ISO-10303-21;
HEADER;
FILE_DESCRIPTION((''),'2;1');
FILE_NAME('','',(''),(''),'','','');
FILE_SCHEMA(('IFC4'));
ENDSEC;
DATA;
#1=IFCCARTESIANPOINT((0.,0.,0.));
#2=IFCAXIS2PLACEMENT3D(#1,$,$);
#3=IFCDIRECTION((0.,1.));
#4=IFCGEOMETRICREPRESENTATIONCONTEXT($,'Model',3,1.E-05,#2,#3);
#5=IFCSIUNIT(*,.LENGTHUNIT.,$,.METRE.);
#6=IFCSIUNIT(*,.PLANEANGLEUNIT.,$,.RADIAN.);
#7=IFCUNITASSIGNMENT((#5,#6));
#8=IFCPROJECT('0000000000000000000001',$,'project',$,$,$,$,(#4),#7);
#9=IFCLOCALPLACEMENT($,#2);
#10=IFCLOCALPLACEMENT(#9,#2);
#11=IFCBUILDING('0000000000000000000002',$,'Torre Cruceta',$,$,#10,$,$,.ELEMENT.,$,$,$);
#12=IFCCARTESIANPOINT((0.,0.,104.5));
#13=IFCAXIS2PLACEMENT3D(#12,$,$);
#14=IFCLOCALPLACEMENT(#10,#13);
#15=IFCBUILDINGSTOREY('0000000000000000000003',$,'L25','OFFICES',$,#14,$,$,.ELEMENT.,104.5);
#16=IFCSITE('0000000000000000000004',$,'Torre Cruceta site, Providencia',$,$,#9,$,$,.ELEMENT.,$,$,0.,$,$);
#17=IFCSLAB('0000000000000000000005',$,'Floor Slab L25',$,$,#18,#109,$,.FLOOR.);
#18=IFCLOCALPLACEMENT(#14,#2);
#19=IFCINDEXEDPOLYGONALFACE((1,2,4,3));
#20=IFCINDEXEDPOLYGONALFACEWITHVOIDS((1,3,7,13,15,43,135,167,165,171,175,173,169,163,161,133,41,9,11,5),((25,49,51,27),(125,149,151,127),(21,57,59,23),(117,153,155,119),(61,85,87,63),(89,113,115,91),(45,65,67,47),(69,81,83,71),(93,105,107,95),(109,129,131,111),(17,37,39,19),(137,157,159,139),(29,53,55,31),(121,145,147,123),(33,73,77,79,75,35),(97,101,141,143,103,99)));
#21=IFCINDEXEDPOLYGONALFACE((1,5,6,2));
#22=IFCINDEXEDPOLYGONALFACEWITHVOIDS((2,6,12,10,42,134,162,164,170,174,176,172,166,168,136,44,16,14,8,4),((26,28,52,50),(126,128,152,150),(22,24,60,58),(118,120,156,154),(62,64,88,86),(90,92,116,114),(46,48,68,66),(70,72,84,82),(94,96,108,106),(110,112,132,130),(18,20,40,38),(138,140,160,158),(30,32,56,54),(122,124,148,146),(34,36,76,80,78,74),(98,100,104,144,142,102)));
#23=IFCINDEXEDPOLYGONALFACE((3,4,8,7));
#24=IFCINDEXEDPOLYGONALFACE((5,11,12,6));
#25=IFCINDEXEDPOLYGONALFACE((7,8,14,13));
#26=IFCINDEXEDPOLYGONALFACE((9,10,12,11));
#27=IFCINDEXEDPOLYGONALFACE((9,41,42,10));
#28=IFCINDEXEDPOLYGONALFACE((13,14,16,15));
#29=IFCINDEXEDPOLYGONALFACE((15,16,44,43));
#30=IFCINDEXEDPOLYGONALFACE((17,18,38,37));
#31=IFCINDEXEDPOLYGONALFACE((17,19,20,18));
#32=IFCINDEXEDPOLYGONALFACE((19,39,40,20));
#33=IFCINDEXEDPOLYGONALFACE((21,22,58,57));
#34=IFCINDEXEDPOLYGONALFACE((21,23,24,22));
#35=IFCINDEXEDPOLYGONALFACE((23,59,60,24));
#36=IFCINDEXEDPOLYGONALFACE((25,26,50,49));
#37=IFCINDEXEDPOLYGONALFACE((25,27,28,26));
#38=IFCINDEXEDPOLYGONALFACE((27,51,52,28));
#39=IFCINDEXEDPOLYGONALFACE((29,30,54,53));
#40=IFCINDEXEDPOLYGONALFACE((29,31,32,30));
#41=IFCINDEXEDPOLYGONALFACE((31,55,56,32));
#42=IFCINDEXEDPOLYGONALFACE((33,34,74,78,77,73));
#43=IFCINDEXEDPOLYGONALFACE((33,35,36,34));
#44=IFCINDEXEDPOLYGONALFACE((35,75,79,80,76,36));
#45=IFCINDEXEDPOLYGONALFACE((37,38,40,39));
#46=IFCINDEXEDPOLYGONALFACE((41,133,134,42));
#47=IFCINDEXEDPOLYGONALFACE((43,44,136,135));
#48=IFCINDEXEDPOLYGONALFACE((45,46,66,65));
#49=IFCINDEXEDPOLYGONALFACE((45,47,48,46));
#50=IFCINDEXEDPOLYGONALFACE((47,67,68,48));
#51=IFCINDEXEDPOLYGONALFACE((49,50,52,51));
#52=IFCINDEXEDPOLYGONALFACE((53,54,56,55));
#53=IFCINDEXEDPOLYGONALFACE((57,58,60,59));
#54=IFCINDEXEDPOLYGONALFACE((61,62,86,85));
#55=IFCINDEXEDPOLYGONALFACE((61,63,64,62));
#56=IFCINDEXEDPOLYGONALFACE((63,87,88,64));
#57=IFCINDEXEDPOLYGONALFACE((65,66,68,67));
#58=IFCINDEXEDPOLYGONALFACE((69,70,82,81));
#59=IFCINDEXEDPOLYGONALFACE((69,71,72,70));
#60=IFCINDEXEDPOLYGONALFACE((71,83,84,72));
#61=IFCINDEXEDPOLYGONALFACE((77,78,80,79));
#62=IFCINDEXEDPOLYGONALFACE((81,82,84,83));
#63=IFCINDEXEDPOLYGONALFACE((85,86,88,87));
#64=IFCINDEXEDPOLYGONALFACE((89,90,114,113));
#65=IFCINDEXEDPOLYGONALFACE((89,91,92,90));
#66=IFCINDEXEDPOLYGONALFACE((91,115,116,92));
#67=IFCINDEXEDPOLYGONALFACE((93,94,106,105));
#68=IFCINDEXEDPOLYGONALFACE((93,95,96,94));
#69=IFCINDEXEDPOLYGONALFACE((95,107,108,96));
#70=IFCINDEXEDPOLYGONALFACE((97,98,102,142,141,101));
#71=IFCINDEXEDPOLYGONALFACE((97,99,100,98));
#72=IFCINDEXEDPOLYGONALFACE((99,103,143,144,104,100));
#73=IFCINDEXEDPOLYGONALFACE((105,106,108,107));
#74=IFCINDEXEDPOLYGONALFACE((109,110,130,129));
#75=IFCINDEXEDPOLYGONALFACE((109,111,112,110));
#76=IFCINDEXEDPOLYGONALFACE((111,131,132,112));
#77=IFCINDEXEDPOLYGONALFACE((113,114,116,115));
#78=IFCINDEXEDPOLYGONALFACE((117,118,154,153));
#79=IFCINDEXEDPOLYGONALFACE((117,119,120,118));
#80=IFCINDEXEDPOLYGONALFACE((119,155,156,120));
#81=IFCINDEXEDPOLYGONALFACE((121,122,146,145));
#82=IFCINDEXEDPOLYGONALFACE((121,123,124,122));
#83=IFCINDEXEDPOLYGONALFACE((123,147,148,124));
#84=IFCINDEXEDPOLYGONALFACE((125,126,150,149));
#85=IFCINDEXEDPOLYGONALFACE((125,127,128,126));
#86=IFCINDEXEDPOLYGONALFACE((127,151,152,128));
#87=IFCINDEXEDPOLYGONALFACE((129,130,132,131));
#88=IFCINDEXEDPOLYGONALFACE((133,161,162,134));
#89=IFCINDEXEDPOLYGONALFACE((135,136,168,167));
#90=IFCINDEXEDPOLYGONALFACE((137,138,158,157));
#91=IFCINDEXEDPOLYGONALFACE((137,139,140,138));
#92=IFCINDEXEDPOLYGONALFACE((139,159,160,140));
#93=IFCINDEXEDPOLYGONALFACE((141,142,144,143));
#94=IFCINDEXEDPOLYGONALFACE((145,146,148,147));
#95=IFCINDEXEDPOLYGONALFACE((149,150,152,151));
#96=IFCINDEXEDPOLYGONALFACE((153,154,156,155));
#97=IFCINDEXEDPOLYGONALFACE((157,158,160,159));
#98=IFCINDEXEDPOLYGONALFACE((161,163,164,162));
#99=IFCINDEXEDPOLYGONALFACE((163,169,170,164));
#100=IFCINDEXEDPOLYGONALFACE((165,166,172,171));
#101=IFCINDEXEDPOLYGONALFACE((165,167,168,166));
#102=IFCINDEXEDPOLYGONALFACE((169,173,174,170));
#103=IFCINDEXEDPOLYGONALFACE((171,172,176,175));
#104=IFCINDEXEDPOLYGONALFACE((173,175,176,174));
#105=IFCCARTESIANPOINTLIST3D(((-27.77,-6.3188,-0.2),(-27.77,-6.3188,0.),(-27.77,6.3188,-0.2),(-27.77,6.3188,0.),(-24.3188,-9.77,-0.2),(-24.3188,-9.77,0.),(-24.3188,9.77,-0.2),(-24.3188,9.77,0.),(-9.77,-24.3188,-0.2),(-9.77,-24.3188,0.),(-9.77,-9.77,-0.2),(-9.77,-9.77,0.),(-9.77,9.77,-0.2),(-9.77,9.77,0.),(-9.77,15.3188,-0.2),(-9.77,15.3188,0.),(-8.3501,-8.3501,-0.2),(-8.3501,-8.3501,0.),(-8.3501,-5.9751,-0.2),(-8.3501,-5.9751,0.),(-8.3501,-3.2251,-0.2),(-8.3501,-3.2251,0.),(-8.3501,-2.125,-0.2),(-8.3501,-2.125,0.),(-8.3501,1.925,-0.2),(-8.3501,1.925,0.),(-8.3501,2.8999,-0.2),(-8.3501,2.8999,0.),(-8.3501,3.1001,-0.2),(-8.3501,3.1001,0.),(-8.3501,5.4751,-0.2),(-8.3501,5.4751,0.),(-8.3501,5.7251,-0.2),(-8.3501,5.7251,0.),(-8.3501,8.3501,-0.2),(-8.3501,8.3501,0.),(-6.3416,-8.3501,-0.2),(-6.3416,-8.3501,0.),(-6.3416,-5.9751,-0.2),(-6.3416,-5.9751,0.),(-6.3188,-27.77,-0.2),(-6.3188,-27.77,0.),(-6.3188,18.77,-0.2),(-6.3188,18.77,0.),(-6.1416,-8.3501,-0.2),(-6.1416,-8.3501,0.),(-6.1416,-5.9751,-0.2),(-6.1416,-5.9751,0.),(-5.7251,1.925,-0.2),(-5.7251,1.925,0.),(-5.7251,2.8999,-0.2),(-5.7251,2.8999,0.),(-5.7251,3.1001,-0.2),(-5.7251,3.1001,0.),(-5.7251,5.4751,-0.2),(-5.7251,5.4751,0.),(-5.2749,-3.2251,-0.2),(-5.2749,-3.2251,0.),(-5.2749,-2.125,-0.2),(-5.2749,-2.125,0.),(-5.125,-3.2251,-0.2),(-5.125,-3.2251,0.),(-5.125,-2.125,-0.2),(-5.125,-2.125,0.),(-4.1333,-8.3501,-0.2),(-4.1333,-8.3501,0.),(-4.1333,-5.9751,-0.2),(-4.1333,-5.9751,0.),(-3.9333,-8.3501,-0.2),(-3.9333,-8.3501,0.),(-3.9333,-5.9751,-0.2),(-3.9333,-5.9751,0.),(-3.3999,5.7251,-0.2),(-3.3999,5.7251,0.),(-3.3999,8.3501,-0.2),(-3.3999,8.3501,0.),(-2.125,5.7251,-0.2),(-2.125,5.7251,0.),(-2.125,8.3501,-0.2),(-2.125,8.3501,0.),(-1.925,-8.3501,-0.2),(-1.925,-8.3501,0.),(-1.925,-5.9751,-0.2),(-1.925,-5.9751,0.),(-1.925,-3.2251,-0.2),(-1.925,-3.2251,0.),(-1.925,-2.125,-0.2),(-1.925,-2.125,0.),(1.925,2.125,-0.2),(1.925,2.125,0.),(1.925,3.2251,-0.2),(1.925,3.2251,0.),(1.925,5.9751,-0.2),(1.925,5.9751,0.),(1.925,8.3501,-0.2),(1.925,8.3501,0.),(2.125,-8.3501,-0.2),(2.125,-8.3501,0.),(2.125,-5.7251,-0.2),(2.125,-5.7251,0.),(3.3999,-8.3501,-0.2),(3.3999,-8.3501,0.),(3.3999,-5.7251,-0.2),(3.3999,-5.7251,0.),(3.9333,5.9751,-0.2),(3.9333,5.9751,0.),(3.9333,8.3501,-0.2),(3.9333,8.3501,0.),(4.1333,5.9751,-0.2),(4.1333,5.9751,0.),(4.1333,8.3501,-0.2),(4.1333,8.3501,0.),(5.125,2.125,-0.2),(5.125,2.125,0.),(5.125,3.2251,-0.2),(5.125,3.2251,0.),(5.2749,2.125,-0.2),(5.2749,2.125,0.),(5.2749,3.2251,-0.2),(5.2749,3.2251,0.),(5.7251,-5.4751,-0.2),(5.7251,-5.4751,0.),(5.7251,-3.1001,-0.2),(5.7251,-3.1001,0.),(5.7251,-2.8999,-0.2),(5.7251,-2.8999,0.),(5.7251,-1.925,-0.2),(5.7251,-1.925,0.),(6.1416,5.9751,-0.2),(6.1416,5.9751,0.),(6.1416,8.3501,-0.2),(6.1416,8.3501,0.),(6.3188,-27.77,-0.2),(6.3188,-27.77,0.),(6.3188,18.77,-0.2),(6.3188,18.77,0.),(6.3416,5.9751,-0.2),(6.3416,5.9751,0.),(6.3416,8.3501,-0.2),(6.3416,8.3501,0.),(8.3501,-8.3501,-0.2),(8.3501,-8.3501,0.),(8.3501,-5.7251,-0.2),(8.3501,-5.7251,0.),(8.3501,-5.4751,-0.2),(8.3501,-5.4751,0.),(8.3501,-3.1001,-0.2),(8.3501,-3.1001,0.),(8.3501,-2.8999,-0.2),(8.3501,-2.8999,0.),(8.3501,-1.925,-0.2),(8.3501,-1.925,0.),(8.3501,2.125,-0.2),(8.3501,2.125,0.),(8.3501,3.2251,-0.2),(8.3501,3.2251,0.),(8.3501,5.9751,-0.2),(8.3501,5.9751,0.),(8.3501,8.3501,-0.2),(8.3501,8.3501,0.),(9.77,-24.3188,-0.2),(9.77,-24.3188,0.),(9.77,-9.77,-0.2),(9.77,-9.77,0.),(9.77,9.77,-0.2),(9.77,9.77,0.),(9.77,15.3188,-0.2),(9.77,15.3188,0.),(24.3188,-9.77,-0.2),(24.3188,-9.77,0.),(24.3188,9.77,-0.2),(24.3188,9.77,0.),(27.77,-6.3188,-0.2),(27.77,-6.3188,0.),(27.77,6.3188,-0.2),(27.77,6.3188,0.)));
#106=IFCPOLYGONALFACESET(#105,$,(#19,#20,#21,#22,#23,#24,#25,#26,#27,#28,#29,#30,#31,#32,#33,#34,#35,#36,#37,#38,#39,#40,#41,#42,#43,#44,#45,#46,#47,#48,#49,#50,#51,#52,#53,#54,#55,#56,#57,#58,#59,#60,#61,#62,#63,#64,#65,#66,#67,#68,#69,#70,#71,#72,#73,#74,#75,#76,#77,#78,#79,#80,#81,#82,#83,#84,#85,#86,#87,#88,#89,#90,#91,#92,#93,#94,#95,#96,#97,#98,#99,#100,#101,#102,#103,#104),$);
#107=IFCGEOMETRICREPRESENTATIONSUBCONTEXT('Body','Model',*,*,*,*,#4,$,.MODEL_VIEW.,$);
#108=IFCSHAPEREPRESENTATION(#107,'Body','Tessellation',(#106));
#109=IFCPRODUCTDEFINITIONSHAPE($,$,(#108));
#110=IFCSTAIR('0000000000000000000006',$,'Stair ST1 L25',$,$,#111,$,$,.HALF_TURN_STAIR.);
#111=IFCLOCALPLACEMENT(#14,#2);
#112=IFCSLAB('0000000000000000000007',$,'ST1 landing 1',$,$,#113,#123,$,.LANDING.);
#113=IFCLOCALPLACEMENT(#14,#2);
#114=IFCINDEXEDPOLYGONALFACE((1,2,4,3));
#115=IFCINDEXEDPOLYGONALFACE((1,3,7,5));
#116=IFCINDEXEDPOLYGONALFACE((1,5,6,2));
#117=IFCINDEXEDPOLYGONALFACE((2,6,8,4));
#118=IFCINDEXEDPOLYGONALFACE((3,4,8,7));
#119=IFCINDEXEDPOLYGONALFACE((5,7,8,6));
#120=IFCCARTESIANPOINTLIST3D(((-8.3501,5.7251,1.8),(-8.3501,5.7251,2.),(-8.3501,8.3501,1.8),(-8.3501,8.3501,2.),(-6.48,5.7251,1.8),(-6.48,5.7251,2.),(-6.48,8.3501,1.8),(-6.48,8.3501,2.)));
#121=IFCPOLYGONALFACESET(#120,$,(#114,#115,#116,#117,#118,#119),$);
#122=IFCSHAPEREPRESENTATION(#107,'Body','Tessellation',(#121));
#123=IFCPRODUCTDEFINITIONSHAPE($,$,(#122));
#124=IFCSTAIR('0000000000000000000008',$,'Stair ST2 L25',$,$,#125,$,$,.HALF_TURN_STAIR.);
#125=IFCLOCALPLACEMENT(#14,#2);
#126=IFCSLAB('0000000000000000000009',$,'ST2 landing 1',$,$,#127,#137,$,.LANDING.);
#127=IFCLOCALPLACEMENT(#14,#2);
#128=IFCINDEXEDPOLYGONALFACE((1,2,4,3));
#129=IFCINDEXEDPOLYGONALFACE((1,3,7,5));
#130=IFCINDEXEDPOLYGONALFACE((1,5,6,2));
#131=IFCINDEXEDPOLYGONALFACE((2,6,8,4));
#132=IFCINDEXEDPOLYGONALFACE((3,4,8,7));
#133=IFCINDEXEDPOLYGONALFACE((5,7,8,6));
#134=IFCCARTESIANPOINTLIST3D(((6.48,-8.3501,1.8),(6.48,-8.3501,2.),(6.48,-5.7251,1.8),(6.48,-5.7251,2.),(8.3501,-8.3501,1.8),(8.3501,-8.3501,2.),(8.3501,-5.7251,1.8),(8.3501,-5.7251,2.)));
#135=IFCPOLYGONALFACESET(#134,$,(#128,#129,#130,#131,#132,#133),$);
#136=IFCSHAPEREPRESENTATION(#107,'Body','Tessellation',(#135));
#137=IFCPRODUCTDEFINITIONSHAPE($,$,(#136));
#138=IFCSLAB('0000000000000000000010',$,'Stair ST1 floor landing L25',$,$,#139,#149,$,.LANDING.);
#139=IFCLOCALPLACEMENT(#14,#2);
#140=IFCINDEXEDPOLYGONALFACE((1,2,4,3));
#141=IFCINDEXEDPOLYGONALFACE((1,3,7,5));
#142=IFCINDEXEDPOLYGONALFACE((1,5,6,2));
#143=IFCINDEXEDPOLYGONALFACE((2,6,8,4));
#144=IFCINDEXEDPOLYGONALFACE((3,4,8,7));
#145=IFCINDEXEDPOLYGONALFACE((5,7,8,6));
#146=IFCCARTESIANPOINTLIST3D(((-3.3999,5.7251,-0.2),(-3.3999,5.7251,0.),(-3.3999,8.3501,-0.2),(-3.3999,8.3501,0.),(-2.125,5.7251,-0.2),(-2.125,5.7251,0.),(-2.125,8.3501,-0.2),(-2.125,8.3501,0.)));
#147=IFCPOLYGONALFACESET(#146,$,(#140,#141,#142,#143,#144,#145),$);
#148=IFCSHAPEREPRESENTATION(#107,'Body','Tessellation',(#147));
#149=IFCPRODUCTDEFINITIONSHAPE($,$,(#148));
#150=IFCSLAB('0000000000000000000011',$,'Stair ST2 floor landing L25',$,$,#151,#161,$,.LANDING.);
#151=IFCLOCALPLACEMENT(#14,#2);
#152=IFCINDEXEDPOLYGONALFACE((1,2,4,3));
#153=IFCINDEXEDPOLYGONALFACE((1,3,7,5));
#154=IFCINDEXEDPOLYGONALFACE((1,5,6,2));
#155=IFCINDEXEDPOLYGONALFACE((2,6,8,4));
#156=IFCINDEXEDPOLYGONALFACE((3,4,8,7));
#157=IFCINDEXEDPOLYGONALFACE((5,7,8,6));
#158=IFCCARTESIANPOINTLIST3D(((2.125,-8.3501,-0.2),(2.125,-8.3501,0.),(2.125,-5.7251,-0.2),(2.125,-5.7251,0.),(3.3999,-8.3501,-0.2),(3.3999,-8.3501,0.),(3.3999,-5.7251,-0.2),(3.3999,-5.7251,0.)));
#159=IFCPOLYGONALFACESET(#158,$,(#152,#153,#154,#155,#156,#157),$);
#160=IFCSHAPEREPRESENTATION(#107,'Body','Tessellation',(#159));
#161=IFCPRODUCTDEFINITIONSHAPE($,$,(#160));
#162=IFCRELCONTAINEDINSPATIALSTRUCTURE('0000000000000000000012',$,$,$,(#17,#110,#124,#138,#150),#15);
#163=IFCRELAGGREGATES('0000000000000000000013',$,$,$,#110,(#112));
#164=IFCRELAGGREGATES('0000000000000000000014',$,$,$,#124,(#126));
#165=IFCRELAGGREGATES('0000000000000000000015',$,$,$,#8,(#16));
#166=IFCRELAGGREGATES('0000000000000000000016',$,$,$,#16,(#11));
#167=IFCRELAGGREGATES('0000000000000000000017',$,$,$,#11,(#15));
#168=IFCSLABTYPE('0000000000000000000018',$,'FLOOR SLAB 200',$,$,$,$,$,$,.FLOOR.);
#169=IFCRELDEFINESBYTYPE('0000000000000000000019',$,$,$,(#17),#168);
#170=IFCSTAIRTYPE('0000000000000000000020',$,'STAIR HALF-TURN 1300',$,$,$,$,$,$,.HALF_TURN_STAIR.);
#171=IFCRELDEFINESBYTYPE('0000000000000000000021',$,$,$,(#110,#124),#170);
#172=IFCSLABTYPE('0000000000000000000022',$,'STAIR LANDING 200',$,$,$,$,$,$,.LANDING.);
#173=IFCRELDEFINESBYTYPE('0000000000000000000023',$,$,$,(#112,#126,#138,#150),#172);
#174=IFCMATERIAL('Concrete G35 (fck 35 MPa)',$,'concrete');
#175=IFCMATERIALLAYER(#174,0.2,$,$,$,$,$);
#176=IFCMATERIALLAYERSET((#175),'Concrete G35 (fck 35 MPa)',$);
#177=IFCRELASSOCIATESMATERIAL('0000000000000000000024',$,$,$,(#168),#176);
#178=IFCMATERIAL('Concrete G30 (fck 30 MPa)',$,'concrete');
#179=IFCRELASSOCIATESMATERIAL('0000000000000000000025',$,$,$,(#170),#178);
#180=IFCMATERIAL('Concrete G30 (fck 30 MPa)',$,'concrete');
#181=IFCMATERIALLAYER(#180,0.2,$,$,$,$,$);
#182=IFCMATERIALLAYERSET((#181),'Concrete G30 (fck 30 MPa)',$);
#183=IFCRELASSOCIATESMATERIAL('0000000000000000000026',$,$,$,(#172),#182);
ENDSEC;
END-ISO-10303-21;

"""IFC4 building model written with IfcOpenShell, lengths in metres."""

from ifc_helpers import new_model, si_unit, direction, frame, origin, place, context, subcontext, project, spatial, polyline, outline, extrude, material, layer, layer_set, type_object, element, aggregate, save


model = new_model("IFC4")

# Units and contexts
model_context = context("Model", 3, precision=1e-05, world=origin(), true_north=direction((0.0, 1.0)))
body_context = subcontext(model_context, "Body", "Model", "MODEL_VIEW")
ifc_project = project(units=[si_unit("LENGTHUNIT", "METRE"), si_unit("PLANEANGLEUNIT", "RADIAN")], contexts=[model_context])

# Site, building, storey
site_placement = place(None, origin())
site = spatial("IfcSite", under=ifc_project, at=site_placement, Name="Torre Cruceta site, Providencia", CompositionType="ELEMENT", RefElevation=0.0)
building_placement = place(site_placement, origin())
building = spatial("IfcBuilding", under=site, at=building_placement, Name="Torre Cruceta", CompositionType="ELEMENT")
storey_placement = place(building_placement, frame((0.0, 0.0, 104.5)))
storey = spatial("IfcBuildingStorey", under=building, at=storey_placement, Name="L25", Description="OFFICES", CompositionType="ELEMENT", Elevation=104.5)

# Slab
ifc_material_1 = material(Name="Concrete G35 (fck 35 MPa)", Category="concrete")
ifc_layer_1 = layer(ifc_material_1, 0.2)
ifc_layer_set_1 = layer_set([ifc_layer_1], Name="Concrete G35 (fck 35 MPa)")
slab_type_1 = type_object("IfcSlabType", Name="FLOOR SLAB 200", PredefinedType="FLOOR", material=ifc_layer_set_1)
slab_1_placement = place(storey_placement, frame((0.0, 0.0, -0.2)))
element("IfcSlab", 1, at=slab_1_placement, inside=storey, type_object=slab_type_1, Name="Floor Slab L25", PredefinedType="FLOOR", context=body_context, shape_type="SweptSolid", body=[
    extrude(outline(polyline([(9.77, -9.77), (9.77, -24.3188), (6.3188, -27.77), (-6.3188, -27.77), (-9.77, -24.3188), (-9.77, -9.77), (-24.3188, -9.77), (-27.77, -6.3188), (-27.77, 6.3188), (-24.3188, 9.77), (-9.77, 9.77), (-9.77, 15.3188), (-6.3188, 18.77), (6.3188, 18.77), (9.77, 15.3188), (9.77, 9.77), (24.3188, 9.77), (27.77, 6.3188), (27.77, -6.3188), (24.3188, -9.77), (9.77, -9.77)]), holes=[polyline([(1.925, 5.9751), (3.9333, 5.9751), (3.9333, 8.3501), (1.925, 8.3501), (1.925, 5.9751)]), polyline([(4.1333, 5.9751), (6.1416, 5.9751), (6.1416, 8.3501), (4.1333, 8.3501), (4.1333, 5.9751)]), polyline([(6.3416, 5.9751), (8.3501, 5.9751), (8.3501, 8.3501), (6.3416, 8.3501), (6.3416, 5.9751)]), polyline([(1.925, 2.125), (5.125, 2.125), (5.125, 3.2251), (1.925, 3.2251), (1.925, 2.125)]), polyline([(5.2749, 2.125), (8.3501, 2.125), (8.3501, 3.2251), (5.2749, 3.2251), (5.2749, 2.125)]), polyline([(-8.3501, 3.1001), (-5.7251, 3.1001), (-5.7251, 5.4751), (-8.3501, 5.4751), (-8.3501, 3.1001)]), polyline([(-8.3501, 1.925), (-5.7251, 1.925), (-5.7251, 2.8999), (-8.3501, 2.8999), (-8.3501, 1.925)]), polyline([(-3.9333, -8.3501), (-1.925, -8.3501), (-1.925, -5.9751), (-3.9333, -5.9751), (-3.9333, -8.3501)]), polyline([(-6.1416, -8.3501), (-4.1333, -8.3501), (-4.1333, -5.9751), (-6.1416, -5.9751), (-6.1416, -8.3501)]), polyline([(-8.3501, -8.3501), (-6.3416, -8.3501), (-6.3416, -5.9751), (-8.3501, -5.9751), (-8.3501, -8.3501)]), polyline([(-5.125, -3.2251), (-1.925, -3.2251), (-1.925, -2.125), (-5.125, -2.125), (-5.125, -3.2251)]), polyline([(-8.3501, -3.2251), (-5.2749, -3.2251), (-5.2749, -2.125), (-8.3501, -2.125), (-8.3501, -3.2251)]), polyline([(5.7251, -5.4751), (8.3501, -5.4751), (8.3501, -3.1001), (5.7251, -3.1001), (5.7251, -5.4751)]), polyline([(5.7251, -2.8999), (8.3501, -2.8999), (8.3501, -1.925), (5.7251, -1.925), (5.7251, -2.8999)]), polyline([(-8.3501, 5.7251), (-8.3501, 8.3501), (-3.3999, 8.3501), (-2.125, 8.3501), (-2.125, 5.7251), (-3.3999, 5.7251), (-8.3501, 5.7251)]), polyline([(2.125, -5.7251), (3.3999, -5.7251), (8.3501, -5.7251), (8.3501, -8.3501), (3.3999, -8.3501), (2.125, -8.3501), (2.125, -5.7251)])]), origin(), (0.0, 0.0, 1.0), 0.2),
])

# Stairs, slabs
ifc_material_2 = material(Name="Concrete G30 (fck 30 MPa)", Category="concrete")
stair_type = type_object("IfcStairType", Name="STAIR HALF-TURN 1300", PredefinedType="HALF_TURN_STAIR", material=ifc_material_2)
stair_1_placement = place(storey_placement, origin())
stair_1 = element("IfcStair", 2, at=stair_1_placement, inside=storey, type_object=stair_type, Name="Stair ST1 L25", PredefinedType="HALF_TURN_STAIR")
ifc_material_3 = material(Name="Concrete G30 (fck 30 MPa)", Category="concrete")
ifc_layer_2 = layer(ifc_material_3, 0.2)
ifc_layer_set_2 = layer_set([ifc_layer_2], Name="Concrete G30 (fck 30 MPa)")
slab_type_2 = type_object("IfcSlabType", Name="STAIR LANDING 200", PredefinedType="LANDING", material=ifc_layer_set_2)
slab_2_placement = place(storey_placement, frame((0.0, 0.0, 1.8)))
slab_2 = element("IfcSlab", 3, at=slab_2_placement, type_object=slab_type_2, Name="ST1 landing 1", PredefinedType="LANDING", context=body_context, shape_type="SweptSolid", body=[
    extrude(outline(polyline([(-8.3501, 5.7251), (-6.48, 5.7251), (-6.48, 8.3501), (-8.3501, 8.3501), (-8.3501, 5.7251)])), origin(), (0.0, 0.0, 1.0), 0.2),
])
aggregate(stair_1, [slab_2])
stair_2_placement = place(storey_placement, origin())
stair_2 = element("IfcStair", 4, at=stair_2_placement, inside=storey, type_object=stair_type, Name="Stair ST2 L25", PredefinedType="HALF_TURN_STAIR")
slab_3_placement = place(storey_placement, frame((0.0, 0.0, 1.8)))
slab_3 = element("IfcSlab", 5, at=slab_3_placement, type_object=slab_type_2, Name="ST2 landing 1", PredefinedType="LANDING", context=body_context, shape_type="SweptSolid", body=[
    extrude(outline(polyline([(6.48, -8.3501), (8.3501, -8.3501), (8.3501, -5.7251), (6.48, -5.7251), (6.48, -8.3501)])), origin(), (0.0, 0.0, 1.0), 0.2),
])
aggregate(stair_2, [slab_3])

# Slabs
slab_4_placement = place(storey_placement, frame((0.0, 0.0, -0.2)))
element("IfcSlab", 6, at=slab_4_placement, inside=storey, type_object=slab_type_2, Name="Stair ST1 floor landing L25", PredefinedType="LANDING", context=body_context, shape_type="SweptSolid", body=[
    extrude(outline(polyline([(-2.125, 8.3501), (-2.125, 5.7251), (-3.3999, 5.7251), (-3.3999, 8.3501), (-2.125, 8.3501)])), origin(), (0.0, 0.0, 1.0), 0.2),
])
slab_5_placement = place(storey_placement, frame((0.0, 0.0, -0.2)))
element("IfcSlab", 7, at=slab_5_placement, inside=storey, type_object=slab_type_2, Name="Stair ST2 floor landing L25", PredefinedType="LANDING", context=body_context, shape_type="SweptSolid", body=[
    extrude(outline(polyline([(2.125, -8.3501), (2.125, -5.7251), (3.3999, -5.7251), (3.3999, -8.3501), (2.125, -8.3501)])), origin(), (0.0, 0.0, 1.0), 0.2),
])

save(model, "model.ifc")
